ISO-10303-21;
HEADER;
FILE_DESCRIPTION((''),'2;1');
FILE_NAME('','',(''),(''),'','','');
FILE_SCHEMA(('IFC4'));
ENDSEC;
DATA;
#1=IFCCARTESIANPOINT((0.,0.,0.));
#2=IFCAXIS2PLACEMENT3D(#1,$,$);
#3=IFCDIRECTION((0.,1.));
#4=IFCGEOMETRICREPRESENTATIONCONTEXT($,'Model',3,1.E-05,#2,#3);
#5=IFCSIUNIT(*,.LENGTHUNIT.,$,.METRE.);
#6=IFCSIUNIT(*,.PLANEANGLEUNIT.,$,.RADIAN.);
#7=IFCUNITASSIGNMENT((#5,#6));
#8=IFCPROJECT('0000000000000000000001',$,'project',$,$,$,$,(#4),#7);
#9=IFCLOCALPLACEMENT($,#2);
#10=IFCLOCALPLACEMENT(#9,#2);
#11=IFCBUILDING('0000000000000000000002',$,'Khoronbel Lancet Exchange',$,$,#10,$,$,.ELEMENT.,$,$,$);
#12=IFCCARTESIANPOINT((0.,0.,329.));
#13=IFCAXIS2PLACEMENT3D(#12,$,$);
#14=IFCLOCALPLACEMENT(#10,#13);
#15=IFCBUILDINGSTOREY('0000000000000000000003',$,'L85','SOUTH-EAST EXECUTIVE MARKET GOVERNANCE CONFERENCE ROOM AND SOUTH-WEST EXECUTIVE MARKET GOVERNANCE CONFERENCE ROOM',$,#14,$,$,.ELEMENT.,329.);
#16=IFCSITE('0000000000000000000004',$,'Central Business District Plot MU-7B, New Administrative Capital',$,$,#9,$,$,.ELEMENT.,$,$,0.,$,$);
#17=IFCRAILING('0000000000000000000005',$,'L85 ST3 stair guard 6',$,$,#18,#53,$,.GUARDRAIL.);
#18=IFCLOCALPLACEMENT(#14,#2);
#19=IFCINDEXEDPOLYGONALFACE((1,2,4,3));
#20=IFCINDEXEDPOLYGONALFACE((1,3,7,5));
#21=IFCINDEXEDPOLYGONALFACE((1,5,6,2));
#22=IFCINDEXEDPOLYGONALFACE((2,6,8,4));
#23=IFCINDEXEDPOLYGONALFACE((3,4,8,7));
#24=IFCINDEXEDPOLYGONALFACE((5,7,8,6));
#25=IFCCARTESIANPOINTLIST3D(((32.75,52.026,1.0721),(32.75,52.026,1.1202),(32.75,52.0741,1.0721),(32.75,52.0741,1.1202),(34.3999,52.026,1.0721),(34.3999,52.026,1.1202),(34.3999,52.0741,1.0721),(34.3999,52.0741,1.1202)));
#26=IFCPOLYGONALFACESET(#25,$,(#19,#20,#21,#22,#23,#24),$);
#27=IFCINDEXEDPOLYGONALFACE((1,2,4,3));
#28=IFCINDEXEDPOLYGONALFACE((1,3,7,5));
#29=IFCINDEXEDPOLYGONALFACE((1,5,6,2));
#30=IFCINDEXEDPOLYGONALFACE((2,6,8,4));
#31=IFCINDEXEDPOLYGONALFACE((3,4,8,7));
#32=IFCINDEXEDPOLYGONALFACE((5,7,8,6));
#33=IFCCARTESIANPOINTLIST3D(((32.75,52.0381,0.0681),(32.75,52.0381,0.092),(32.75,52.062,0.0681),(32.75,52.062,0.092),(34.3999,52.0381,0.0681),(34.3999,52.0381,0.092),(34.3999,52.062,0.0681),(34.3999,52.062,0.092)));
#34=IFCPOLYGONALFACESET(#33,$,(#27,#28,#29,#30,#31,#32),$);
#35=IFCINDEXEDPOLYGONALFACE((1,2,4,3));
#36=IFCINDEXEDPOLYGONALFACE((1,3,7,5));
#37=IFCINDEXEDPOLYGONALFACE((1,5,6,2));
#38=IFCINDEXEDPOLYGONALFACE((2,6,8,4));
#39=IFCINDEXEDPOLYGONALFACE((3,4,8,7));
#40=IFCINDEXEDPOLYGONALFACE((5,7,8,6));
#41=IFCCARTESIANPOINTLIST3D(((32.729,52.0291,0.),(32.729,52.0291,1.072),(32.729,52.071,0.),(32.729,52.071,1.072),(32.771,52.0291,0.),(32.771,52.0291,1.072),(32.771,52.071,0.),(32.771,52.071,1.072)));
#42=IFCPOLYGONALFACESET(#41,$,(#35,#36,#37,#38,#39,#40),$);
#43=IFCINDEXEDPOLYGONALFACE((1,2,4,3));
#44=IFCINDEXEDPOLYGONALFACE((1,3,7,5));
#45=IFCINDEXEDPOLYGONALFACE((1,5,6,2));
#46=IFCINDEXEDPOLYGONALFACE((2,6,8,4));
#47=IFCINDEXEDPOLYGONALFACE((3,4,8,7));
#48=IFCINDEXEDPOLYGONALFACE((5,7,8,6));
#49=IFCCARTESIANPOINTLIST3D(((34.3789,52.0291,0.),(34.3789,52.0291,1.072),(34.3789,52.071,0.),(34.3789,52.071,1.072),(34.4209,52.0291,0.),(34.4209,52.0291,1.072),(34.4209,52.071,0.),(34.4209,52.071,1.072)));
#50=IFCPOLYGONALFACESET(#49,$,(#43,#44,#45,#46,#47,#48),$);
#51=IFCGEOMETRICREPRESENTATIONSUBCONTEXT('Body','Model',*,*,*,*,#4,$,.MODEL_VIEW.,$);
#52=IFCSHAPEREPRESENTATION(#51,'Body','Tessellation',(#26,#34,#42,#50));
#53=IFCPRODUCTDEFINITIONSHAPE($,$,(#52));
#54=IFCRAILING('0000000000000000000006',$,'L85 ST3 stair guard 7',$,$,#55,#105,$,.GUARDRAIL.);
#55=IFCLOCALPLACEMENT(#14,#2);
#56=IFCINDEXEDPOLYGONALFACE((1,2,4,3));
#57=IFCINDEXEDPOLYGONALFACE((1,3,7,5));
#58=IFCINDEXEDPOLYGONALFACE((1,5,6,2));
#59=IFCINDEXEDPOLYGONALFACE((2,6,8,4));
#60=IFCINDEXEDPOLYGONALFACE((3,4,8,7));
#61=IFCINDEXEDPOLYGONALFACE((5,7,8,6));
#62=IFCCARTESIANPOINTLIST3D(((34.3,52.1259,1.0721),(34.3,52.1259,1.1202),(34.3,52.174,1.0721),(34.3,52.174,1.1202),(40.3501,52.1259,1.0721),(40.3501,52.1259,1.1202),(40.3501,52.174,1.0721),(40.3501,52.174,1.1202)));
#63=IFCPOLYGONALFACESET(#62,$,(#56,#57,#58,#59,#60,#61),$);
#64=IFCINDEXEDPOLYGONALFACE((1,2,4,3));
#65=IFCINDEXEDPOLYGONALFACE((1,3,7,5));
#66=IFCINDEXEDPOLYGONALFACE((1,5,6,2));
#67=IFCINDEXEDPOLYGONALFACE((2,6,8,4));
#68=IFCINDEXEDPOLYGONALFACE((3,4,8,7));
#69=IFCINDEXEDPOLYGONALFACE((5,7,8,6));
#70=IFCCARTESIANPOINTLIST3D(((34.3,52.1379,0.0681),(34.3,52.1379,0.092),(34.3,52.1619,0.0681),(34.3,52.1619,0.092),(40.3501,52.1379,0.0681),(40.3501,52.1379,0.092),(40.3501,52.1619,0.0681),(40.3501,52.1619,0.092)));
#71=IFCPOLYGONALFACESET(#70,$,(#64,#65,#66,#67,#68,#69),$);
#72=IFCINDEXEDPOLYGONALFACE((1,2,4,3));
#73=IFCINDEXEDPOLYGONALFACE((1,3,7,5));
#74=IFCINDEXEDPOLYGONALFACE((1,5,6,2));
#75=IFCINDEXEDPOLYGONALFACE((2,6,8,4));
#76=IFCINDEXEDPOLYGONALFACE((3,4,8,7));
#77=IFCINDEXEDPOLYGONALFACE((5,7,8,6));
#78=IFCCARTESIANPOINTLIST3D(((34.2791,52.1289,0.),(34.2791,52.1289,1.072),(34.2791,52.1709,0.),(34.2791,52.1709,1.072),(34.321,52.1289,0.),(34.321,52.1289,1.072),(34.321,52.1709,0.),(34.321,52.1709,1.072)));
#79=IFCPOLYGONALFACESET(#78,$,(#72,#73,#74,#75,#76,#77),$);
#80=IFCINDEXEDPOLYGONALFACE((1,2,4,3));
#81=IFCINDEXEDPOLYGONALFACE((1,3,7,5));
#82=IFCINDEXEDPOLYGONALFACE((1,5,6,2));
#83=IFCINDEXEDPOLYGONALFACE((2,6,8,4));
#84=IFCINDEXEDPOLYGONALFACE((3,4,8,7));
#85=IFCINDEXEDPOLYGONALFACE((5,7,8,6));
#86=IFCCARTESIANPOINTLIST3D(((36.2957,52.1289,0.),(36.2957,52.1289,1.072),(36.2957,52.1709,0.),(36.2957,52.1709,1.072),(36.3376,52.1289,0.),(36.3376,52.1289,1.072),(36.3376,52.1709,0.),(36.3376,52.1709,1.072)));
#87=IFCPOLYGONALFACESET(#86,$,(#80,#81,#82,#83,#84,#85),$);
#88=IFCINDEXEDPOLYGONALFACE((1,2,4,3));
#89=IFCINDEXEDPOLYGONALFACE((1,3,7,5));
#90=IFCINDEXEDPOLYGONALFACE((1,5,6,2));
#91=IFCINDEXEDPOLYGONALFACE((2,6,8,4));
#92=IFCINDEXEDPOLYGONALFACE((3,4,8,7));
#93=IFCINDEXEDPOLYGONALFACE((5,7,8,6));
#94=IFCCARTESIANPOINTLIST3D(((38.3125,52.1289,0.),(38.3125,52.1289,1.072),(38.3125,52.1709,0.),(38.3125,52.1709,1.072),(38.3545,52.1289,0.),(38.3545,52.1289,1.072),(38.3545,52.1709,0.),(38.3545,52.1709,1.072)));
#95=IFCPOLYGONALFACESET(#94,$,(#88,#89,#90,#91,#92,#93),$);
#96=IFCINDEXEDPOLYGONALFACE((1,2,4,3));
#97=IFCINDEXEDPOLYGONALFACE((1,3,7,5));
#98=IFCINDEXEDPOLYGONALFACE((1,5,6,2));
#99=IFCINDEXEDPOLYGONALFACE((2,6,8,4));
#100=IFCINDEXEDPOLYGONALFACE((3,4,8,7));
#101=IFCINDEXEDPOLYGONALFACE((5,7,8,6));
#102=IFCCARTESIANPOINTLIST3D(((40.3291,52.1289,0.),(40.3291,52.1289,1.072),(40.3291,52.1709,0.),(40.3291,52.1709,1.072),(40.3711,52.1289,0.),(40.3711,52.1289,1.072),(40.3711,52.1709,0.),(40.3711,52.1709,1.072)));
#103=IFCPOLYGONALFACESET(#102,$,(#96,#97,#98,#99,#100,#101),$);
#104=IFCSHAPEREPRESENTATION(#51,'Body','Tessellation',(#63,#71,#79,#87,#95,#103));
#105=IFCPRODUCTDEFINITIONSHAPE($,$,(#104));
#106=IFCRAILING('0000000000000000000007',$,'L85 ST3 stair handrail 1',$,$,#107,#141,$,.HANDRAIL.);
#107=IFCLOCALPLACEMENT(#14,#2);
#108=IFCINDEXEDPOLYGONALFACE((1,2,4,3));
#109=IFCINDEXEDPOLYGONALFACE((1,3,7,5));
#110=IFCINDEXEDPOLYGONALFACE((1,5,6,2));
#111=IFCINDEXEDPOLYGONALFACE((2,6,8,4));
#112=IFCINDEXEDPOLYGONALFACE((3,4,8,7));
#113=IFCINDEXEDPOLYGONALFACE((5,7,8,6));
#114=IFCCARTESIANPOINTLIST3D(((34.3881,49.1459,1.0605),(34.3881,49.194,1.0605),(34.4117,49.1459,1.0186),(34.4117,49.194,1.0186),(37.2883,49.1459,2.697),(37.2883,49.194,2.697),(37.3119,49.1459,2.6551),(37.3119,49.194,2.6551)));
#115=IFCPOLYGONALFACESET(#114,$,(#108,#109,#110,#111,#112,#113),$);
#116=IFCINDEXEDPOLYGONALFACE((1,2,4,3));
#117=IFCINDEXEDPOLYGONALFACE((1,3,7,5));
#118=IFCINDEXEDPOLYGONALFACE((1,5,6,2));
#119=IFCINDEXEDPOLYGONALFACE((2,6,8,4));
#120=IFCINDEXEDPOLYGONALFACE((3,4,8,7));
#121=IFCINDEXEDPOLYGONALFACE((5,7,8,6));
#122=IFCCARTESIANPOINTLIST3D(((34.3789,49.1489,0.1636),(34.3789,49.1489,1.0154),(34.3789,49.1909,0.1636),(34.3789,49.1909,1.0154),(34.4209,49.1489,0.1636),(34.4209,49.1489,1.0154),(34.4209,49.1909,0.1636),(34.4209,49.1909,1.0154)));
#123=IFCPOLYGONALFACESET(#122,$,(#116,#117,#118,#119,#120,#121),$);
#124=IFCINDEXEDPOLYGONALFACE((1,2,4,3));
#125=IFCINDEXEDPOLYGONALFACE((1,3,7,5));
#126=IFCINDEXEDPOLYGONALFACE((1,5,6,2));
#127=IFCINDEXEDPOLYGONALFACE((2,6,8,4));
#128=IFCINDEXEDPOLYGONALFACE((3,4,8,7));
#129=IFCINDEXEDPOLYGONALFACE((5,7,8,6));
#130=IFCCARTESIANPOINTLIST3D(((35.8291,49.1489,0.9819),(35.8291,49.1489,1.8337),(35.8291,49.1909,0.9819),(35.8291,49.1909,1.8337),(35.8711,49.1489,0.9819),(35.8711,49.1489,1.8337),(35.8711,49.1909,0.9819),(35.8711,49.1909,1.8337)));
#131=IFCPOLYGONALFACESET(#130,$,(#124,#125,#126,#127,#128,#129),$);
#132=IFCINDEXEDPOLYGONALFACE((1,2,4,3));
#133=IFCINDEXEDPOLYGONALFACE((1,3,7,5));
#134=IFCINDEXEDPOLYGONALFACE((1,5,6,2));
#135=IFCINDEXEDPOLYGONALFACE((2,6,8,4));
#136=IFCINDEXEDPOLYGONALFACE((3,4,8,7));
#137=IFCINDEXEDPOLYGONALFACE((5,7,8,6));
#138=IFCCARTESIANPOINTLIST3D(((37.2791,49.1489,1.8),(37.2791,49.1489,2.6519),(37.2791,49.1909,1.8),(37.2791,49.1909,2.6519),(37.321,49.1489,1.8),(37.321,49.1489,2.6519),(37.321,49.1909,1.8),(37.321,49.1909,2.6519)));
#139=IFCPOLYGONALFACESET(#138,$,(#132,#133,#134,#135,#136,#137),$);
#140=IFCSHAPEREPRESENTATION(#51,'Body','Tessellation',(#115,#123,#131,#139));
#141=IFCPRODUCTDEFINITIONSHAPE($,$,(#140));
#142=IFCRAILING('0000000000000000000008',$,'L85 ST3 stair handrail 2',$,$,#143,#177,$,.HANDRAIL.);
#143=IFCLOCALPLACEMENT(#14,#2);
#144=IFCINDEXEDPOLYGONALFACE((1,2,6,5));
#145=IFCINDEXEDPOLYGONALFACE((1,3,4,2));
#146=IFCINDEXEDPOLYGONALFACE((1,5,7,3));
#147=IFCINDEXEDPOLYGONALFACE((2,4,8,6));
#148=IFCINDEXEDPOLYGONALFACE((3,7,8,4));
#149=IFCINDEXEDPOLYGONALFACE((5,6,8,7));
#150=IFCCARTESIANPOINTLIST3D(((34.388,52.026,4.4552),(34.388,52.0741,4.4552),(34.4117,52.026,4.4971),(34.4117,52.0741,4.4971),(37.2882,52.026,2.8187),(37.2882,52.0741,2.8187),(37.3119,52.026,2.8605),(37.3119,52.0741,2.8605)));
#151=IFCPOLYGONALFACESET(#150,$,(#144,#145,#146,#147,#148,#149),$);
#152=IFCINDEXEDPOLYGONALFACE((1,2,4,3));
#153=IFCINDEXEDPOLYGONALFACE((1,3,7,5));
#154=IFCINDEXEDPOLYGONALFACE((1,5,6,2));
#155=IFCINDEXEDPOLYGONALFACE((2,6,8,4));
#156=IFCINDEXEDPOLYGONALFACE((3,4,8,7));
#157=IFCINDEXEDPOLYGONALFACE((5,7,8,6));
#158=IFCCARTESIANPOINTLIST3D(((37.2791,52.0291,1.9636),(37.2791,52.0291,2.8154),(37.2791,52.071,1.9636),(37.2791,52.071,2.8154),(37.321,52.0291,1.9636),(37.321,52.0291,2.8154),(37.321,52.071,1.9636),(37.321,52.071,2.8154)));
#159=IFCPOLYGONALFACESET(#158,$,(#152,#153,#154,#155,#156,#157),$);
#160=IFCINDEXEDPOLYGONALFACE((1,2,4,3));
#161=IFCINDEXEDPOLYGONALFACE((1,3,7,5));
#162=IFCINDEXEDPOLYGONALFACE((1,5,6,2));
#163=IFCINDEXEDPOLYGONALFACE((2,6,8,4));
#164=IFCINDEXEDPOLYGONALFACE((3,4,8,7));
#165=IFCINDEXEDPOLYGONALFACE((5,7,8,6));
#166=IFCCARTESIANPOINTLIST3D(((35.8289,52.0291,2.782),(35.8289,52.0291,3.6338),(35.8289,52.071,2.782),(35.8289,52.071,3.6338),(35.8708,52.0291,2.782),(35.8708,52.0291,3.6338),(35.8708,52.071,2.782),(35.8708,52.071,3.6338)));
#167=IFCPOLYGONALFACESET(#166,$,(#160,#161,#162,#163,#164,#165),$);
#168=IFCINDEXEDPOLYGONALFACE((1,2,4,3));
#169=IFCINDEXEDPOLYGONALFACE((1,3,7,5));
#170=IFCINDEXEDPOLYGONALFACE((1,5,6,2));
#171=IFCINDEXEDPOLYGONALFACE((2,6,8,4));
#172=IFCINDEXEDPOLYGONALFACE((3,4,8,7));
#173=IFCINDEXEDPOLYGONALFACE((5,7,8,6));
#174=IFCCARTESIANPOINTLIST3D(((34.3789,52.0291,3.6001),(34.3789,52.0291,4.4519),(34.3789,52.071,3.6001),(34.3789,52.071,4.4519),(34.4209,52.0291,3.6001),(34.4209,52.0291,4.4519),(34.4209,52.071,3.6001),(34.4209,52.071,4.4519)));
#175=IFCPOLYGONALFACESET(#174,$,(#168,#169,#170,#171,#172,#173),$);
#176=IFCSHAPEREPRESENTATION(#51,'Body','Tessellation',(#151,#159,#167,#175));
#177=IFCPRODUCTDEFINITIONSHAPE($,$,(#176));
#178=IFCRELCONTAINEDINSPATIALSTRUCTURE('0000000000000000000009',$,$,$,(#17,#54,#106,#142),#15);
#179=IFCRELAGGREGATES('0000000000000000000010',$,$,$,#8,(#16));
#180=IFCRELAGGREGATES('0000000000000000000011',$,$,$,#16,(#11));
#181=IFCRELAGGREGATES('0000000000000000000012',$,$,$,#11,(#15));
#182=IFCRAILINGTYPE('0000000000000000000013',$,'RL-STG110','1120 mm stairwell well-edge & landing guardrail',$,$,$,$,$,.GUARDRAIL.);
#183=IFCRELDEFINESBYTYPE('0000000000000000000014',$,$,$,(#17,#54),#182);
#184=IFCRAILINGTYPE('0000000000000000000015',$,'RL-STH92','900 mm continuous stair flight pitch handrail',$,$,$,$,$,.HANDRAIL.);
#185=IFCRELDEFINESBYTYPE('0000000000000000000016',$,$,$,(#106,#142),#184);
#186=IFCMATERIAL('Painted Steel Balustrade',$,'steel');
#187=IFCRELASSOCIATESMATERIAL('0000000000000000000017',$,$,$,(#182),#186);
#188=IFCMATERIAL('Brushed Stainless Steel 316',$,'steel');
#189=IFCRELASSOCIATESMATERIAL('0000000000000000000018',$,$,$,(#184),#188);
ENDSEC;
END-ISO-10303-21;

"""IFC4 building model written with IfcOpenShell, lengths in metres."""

from ifc_helpers import new_model, si_unit, direction, frame, origin, origin_2d, place, context, subcontext, project, spatial, rectangle, extrude, material, type_object, element, save


model = new_model("IFC4")

# Units and contexts
model_context = context("Model", 3, precision=1e-05, world=origin(), true_north=direction((0.0, 1.0)))
body_context = subcontext(model_context, "Body", "Model", "MODEL_VIEW")
ifc_project = project(units=[si_unit("LENGTHUNIT", "METRE"), si_unit("PLANEANGLEUNIT", "RADIAN")], contexts=[model_context])

# Site, building, storey
site_placement = place(None, origin())
site = spatial("IfcSite", under=ifc_project, at=site_placement, Name="Central Business District Plot MU-7B, New Administrative Capital", CompositionType="ELEMENT", RefElevation=0.0)
building_placement = place(site_placement, origin())
building = spatial("IfcBuilding", under=site, at=building_placement, Name="Khoronbel Lancet Exchange", CompositionType="ELEMENT")
storey_placement = place(building_placement, frame((0.0, 0.0, 329.0)))
storey = spatial("IfcBuildingStorey", under=building, at=storey_placement, Name="L85", Description="SOUTH-EAST EXECUTIVE MARKET GOVERNANCE CONFERENCE ROOM AND SOUTH-WEST EXECUTIVE MARKET GOVERNANCE CONFERENCE ROOM", CompositionType="ELEMENT", Elevation=329.0)

# Railings
ifc_material_1 = material(Name="Painted Steel Balustrade", Category="steel")
railing_type_1 = type_object("IfcRailingType", Name="RL-STG110", Description="1120 mm stairwell well-edge & landing guardrail", PredefinedType="GUARDRAIL", material=ifc_material_1)
railing_1_placement = place(storey_placement, frame((32.75, 52.05, 0.0)))
element("IfcRailing", 1, at=railing_1_placement, inside=storey, type_object=railing_type_1, Name="L85 ST3 stair guard 6", PredefinedType="GUARDRAIL", context=body_context, shape_type="SweptSolid", body=[
    extrude(rectangle(XDim=0.0481, YDim=0.0481, at=origin_2d()), frame((0.0, 0.0, 1.0962), z_axis=(1.0, 0.0, 0.0), x_axis=(0.0, 1.0, 0.0)), (0.0, 0.0, 1.0), 1.6499),
    extrude(rectangle(XDim=0.0239, YDim=0.0239, at=origin_2d()), frame((0.0, 0.0, 0.0801), z_axis=(1.0, 0.0, 0.0), x_axis=(0.0, 1.0, 0.0)), (0.0, 0.0, 1.0), 1.6499),
    extrude(rectangle(XDim=0.042, YDim=0.042, at=origin_2d()), origin(), (0.0, 0.0, 1.0), 1.072),
    extrude(rectangle(XDim=0.042, YDim=0.042, at=origin_2d()), frame((1.6499, 0.0, 0.0)), (0.0, 0.0, 1.0), 1.072),
])
railing_2_placement = place(storey_placement, frame((34.3, 52.1499, 0.0)))
element("IfcRailing", 2, at=railing_2_placement, inside=storey, type_object=railing_type_1, Name="L85 ST3 stair guard 7", PredefinedType="GUARDRAIL", context=body_context, shape_type="SweptSolid", body=[
    extrude(rectangle(XDim=0.0481, YDim=0.0481, at=origin_2d()), frame((0.0, 0.0, 1.0962), z_axis=(1.0, 0.0, 0.0), x_axis=(0.0, 1.0, 0.0)), (0.0, 0.0, 1.0), 6.05),
    extrude(rectangle(XDim=0.0239, YDim=0.0239, at=origin_2d()), frame((0.0, 0.0, 0.0801), z_axis=(1.0, 0.0, 0.0), x_axis=(0.0, 1.0, 0.0)), (0.0, 0.0, 1.0), 6.05),
    extrude(rectangle(XDim=0.042, YDim=0.042, at=origin_2d()), origin(), (0.0, 0.0, 1.0), 1.072),
    extrude(rectangle(XDim=0.042, YDim=0.042, at=origin_2d()), frame((2.0166, 0.0, 0.0)), (0.0, 0.0, 1.0), 1.072),
    extrude(rectangle(XDim=0.042, YDim=0.042, at=origin_2d()), frame((4.0334, 0.0, 0.0)), (0.0, 0.0, 1.0), 1.072),
    extrude(rectangle(XDim=0.042, YDim=0.042, at=origin_2d()), frame((6.05, 0.0, 0.0)), (0.0, 0.0, 1.0), 1.072),
])
ifc_material_2 = material(Name="Brushed Stainless Steel 316", Category="steel")
railing_type_2 = type_object("IfcRailingType", Name="RL-STH92", Description="900 mm continuous stair flight pitch handrail", PredefinedType="HANDRAIL", material=ifc_material_2)
railing_3_placement = place(storey_placement, frame((34.3999, 49.1699, 0.1636)))
element("IfcRailing", 3, at=railing_3_placement, inside=storey, type_object=railing_type_2, Name="L85 ST3 stair handrail 1", PredefinedType="HANDRAIL", context=body_context, shape_type="SweptSolid", body=[
    extrude(rectangle(XDim=0.0481, YDim=0.0481, at=origin_2d()), frame((0.0, 0.0, 0.876), z_axis=(0.870915, 0.0, 0.491434), x_axis=(0.0, 1.0, 0.0)), (0.0, 0.0, 1.0), 3.3301),
    extrude(rectangle(XDim=0.042, YDim=0.042, at=origin_2d()), origin(), (0.0, 0.0, 1.0), 0.8518),
    extrude(rectangle(XDim=0.042, YDim=0.042, at=origin_2d()), frame((1.4502, 0.0, 0.8184)), (0.0, 0.0, 1.0), 0.8518),
    extrude(rectangle(XDim=0.042, YDim=0.042, at=origin_2d()), frame((2.9001, 0.0, 1.6365)), (0.0, 0.0, 1.0), 0.8518),
])
railing_4_placement = place(storey_placement, frame((37.3, 52.05, 1.9636)))
element("IfcRailing", 4, at=railing_4_placement, inside=storey, type_object=railing_type_2, Name="L85 ST3 stair handrail 2", PredefinedType="HANDRAIL", context=body_context, shape_type="SweptSolid", body=[
    extrude(rectangle(XDim=0.0481, YDim=0.0481, at=origin_2d()), frame((0.0, 0.0, 0.876), z_axis=(-0.870915, 0.0, 0.491434), x_axis=(0.0, -1.0, 0.0)), (0.0, 0.0, 1.0), 3.3301),
    extrude(rectangle(XDim=0.042, YDim=0.042, at=origin_2d()), origin(), (0.0, 0.0, 1.0), 0.8518),
    extrude(rectangle(XDim=0.042, YDim=0.042, at=origin_2d()), frame((-1.4502, 0.0, 0.8184)), (0.0, 0.0, 1.0), 0.8518),
    extrude(rectangle(XDim=0.042, YDim=0.042, at=origin_2d()), frame((-2.9001, 0.0, 1.6365)), (0.0, 0.0, 1.0), 0.8518),
])

save(model, "model.ifc")
